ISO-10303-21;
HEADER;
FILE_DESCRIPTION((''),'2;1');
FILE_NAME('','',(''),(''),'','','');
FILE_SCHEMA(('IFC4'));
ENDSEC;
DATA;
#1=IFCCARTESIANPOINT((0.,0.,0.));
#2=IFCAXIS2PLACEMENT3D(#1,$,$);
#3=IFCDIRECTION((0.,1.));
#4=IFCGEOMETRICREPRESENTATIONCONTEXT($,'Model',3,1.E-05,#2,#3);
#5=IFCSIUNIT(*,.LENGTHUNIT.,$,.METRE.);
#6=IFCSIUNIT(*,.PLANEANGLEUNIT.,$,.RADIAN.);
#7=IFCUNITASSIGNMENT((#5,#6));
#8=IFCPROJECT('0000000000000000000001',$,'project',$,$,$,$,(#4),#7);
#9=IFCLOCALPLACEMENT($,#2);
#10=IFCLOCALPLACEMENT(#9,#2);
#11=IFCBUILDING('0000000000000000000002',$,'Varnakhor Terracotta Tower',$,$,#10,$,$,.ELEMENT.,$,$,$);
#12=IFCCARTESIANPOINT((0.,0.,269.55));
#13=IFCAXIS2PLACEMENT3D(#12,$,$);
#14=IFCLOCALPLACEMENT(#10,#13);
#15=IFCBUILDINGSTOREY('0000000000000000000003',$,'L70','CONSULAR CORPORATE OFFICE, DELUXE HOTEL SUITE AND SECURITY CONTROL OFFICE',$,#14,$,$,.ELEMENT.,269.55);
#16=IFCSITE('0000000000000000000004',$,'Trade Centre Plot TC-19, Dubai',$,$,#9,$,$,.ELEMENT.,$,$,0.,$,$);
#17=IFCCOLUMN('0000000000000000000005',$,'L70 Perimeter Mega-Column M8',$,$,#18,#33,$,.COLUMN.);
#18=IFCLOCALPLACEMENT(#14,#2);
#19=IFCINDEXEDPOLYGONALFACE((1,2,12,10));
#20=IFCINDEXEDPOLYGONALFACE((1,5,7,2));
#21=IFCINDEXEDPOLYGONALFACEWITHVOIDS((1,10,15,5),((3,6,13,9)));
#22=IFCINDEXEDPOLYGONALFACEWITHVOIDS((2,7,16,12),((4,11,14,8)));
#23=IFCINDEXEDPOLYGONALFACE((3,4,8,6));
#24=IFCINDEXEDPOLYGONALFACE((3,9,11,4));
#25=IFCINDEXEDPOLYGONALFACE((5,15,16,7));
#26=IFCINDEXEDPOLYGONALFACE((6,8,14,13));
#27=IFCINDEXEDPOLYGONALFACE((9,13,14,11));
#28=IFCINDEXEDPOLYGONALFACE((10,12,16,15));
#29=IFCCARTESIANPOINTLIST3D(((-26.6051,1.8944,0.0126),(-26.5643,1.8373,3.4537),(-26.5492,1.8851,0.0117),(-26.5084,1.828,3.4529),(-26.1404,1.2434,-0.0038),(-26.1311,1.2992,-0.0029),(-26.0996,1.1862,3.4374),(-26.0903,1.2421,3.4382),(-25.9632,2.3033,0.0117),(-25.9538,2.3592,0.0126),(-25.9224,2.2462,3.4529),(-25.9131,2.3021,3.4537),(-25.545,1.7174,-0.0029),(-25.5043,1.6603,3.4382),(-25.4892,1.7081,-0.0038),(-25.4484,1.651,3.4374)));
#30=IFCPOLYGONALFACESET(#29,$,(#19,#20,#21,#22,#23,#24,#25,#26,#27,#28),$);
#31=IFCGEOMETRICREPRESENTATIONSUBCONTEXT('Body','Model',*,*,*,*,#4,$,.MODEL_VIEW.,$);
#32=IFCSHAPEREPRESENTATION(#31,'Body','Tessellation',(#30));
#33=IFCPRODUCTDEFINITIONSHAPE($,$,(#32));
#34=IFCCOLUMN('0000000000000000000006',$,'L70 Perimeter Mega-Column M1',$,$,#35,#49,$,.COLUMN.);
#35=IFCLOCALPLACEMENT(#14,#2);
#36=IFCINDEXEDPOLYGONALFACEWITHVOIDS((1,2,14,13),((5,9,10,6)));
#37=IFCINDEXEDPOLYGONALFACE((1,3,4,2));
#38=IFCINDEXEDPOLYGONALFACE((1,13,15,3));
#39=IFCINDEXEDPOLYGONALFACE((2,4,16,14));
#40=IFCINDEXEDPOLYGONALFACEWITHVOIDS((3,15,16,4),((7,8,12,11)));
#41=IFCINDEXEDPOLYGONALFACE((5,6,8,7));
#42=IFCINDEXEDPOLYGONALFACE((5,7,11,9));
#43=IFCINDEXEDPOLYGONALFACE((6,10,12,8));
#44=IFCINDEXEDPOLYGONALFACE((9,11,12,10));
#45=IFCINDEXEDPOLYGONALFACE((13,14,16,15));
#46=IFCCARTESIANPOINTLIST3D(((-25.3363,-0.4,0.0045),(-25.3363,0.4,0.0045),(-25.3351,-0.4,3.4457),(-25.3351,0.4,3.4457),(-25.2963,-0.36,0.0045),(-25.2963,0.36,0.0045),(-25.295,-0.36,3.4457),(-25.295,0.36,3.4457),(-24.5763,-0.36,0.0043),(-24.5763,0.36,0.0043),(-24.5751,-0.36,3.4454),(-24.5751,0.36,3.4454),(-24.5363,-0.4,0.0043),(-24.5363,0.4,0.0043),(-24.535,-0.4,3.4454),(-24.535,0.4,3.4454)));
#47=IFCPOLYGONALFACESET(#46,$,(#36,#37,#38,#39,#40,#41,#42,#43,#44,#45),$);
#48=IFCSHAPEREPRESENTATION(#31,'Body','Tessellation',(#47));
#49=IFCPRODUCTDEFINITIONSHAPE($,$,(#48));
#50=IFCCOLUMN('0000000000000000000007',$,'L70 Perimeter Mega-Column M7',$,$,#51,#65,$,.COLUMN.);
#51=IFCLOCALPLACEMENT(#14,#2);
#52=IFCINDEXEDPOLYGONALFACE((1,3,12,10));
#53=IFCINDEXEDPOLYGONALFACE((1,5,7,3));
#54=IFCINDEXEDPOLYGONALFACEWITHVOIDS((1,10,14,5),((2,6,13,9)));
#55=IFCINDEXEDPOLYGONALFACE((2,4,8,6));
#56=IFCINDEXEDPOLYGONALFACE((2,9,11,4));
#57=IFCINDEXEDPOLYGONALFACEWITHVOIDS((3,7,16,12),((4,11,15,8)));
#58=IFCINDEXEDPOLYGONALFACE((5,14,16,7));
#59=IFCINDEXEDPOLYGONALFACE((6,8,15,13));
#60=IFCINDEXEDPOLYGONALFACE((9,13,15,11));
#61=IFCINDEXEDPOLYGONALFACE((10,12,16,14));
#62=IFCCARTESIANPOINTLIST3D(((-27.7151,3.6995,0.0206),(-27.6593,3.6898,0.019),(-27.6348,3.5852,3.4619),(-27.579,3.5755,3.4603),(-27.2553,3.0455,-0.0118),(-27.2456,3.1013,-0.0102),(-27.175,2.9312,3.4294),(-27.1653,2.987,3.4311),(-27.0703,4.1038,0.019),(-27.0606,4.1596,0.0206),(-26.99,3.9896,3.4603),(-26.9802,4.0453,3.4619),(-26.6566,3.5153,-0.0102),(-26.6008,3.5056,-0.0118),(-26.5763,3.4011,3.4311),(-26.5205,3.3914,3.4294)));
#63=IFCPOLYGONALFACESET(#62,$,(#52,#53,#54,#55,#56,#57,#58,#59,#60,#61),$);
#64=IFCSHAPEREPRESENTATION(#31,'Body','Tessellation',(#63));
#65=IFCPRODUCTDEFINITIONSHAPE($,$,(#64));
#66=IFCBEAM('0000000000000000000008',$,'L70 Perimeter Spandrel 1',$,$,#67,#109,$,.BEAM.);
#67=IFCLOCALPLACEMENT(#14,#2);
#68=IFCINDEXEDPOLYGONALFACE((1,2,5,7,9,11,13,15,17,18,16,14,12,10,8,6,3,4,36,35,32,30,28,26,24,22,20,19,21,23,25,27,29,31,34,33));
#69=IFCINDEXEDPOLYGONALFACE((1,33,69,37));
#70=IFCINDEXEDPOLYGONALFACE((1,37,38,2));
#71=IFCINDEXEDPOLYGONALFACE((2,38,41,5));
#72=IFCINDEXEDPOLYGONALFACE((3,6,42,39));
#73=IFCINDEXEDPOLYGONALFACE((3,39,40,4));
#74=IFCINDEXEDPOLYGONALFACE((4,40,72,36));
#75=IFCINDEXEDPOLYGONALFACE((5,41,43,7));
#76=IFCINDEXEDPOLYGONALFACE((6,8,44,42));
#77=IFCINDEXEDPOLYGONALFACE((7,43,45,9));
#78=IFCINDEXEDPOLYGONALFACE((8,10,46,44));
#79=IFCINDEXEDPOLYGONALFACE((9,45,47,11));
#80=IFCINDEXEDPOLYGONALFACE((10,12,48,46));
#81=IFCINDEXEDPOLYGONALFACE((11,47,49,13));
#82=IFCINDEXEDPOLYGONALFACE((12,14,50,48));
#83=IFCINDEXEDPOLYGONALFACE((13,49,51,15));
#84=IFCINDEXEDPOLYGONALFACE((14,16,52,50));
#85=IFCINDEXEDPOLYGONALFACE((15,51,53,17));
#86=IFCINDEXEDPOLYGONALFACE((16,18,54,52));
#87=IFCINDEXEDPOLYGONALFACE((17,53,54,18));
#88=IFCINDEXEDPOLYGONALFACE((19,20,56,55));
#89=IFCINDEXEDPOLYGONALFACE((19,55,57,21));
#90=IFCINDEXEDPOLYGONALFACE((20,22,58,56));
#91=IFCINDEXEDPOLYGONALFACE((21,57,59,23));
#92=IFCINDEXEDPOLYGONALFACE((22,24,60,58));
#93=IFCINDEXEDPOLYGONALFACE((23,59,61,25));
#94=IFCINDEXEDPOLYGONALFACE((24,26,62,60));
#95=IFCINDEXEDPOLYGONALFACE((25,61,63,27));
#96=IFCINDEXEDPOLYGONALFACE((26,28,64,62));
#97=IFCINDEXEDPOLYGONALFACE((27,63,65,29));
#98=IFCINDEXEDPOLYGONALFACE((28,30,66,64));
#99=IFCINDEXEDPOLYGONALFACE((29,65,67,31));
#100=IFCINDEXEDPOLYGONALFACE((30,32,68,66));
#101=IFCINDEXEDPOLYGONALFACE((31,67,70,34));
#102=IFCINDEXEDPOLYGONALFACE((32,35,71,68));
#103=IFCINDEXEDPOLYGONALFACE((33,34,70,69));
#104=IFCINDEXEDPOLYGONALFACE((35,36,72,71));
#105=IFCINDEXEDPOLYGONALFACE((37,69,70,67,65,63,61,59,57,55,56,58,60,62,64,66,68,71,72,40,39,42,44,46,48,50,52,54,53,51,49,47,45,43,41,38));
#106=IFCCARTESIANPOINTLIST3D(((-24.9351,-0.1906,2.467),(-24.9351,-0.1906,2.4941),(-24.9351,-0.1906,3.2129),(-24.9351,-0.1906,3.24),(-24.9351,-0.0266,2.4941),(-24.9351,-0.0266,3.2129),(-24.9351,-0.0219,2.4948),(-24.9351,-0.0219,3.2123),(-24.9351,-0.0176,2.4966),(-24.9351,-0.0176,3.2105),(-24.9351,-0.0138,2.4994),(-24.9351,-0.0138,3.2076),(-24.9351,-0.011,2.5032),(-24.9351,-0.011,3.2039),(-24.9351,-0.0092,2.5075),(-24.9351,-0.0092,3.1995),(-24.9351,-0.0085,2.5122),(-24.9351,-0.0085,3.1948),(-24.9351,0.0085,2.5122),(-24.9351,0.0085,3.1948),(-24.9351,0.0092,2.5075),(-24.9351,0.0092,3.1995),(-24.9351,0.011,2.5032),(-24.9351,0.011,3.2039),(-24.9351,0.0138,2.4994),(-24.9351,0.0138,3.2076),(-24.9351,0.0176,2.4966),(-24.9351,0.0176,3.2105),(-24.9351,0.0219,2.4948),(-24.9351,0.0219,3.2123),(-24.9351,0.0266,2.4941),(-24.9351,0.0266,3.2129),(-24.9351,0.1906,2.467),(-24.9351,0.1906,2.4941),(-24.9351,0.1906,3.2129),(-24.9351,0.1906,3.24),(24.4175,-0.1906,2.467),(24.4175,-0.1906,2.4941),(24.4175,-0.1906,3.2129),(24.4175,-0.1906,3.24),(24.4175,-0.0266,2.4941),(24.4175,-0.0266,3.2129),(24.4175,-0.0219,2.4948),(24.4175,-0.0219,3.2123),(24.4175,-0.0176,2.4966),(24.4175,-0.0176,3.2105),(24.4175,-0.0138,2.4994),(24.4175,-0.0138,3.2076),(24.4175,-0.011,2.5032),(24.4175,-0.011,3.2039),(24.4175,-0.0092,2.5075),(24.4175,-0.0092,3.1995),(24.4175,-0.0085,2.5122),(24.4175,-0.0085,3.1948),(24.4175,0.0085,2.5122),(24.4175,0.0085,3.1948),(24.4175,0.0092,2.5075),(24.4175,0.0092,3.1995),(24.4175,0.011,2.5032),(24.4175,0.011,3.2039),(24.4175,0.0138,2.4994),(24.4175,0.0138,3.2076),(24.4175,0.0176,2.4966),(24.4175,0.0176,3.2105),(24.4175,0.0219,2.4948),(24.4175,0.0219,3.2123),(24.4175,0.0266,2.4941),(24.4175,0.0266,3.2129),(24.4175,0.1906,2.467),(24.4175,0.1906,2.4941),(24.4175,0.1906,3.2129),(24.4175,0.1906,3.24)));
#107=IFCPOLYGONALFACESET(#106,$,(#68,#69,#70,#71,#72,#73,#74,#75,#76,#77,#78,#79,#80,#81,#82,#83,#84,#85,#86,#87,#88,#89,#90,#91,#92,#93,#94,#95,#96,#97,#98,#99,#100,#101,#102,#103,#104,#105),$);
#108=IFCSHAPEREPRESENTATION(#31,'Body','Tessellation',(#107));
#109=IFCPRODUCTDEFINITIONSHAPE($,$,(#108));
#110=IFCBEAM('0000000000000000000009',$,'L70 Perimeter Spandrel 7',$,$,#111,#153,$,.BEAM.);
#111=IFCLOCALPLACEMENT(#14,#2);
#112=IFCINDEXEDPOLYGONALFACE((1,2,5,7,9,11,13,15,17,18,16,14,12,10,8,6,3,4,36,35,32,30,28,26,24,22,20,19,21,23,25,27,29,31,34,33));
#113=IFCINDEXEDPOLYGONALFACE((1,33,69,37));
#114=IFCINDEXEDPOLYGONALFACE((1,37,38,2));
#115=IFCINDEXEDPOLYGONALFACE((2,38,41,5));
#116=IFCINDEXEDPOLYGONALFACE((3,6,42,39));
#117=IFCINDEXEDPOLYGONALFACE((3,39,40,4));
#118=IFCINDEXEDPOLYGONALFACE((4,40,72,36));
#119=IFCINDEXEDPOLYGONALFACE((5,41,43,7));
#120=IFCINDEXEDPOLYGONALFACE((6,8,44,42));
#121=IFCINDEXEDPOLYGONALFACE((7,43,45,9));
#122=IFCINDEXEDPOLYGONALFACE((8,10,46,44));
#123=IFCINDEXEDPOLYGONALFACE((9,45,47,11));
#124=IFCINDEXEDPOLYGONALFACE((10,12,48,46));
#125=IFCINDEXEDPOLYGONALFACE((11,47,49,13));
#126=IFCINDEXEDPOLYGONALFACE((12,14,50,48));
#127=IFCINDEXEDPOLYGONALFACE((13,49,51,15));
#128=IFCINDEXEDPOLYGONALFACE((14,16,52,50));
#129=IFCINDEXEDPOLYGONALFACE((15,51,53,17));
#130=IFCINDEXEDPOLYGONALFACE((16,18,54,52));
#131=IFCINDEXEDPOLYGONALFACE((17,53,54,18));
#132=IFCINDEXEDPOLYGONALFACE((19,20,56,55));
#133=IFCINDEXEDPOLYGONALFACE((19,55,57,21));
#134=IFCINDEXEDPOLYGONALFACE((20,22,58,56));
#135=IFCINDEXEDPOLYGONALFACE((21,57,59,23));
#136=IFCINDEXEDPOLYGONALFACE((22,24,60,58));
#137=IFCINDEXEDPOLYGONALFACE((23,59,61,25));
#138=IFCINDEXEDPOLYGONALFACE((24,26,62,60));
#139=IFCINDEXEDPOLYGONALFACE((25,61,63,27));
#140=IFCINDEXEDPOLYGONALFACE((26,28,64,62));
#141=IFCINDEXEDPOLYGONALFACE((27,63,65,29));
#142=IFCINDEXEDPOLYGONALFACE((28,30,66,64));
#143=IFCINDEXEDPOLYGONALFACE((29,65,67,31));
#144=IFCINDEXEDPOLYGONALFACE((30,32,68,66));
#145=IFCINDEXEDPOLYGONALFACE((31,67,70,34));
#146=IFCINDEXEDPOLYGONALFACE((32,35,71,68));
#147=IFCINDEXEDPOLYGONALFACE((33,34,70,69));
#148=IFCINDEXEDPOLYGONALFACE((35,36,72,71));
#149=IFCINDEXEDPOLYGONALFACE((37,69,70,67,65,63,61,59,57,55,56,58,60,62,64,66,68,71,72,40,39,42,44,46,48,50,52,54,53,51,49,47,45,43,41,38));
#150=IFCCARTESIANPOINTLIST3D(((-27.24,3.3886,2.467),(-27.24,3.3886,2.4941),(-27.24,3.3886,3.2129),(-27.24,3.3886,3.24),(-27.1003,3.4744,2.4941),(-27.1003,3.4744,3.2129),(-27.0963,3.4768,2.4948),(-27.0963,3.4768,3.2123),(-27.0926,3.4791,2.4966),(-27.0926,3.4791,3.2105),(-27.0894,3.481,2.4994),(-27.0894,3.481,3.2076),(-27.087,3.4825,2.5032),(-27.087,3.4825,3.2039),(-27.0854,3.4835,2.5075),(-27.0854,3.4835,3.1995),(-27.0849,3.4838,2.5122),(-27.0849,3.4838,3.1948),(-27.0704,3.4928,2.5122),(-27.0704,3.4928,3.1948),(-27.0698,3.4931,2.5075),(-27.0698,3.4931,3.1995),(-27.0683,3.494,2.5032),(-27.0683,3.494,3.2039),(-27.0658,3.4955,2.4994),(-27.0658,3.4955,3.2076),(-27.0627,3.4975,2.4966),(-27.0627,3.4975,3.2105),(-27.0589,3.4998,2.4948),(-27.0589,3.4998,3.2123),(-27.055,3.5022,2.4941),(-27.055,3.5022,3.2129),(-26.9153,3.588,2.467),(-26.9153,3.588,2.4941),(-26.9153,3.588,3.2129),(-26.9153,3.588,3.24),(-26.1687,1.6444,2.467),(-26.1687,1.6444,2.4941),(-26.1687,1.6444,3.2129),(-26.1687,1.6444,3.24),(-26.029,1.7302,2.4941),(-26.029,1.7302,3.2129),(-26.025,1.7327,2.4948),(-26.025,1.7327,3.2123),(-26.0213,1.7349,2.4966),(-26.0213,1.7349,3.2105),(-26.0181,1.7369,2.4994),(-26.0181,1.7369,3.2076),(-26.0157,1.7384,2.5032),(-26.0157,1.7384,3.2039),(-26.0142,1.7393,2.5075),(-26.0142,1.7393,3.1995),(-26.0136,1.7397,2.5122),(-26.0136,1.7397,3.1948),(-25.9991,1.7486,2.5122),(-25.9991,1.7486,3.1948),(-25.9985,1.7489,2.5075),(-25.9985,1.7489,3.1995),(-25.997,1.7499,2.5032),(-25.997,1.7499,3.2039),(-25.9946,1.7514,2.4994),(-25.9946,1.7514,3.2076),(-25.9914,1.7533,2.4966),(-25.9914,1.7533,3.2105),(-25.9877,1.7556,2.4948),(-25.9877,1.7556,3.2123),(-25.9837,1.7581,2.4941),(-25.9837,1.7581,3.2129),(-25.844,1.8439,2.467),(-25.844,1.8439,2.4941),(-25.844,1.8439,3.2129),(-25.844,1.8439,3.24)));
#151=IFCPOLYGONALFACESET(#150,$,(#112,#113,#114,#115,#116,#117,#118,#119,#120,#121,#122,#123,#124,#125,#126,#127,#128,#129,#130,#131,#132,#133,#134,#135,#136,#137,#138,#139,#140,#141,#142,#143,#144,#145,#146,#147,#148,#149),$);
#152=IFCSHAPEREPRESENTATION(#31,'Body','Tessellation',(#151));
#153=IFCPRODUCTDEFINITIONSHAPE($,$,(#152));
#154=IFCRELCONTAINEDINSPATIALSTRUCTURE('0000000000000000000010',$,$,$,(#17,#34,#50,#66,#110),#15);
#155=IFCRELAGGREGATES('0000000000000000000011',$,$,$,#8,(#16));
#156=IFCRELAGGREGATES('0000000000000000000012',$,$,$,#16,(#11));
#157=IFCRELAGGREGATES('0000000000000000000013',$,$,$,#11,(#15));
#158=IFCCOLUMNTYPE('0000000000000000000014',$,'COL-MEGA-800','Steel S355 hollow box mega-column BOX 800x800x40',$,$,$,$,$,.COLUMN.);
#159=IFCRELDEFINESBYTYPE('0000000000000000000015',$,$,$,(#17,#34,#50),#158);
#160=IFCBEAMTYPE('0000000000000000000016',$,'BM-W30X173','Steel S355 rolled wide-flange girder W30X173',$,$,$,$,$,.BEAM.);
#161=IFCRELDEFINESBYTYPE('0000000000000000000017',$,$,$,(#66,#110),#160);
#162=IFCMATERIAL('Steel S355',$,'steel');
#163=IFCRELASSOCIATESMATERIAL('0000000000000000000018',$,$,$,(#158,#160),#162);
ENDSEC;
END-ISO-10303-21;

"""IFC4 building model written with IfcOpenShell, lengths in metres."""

from ifc_helpers import new_model, si_unit, direction, frame, origin, origin_2d, place, context, subcontext, project, spatial, hollow_rectangle, i_section, extrude, source, transform, mapped, material, material_profile, profile_set, type_object, element, save


model = new_model("IFC4")

# Units and contexts
model_context = context("Model", 3, precision=1e-05, world=origin(), true_north=direction((0.0, 1.0)))
body_context = subcontext(model_context, "Body", "Model", "MODEL_VIEW")
ifc_project = project(units=[si_unit("LENGTHUNIT", "METRE"), si_unit("PLANEANGLEUNIT", "RADIAN")], contexts=[model_context])

# Site, building, storey
site_placement = place(None, origin())
site = spatial("IfcSite", under=ifc_project, at=site_placement, Name="Trade Centre Plot TC-19, Dubai", CompositionType="ELEMENT", RefElevation=0.0)
building_placement = place(site_placement, origin())
building = spatial("IfcBuilding", under=site, at=building_placement, Name="Varnakhor Terracotta Tower", CompositionType="ELEMENT")
storey_placement = place(building_placement, frame((0.0, 0.0, 269.55)))
storey = spatial("IfcBuildingStorey", under=building, at=storey_placement, Name="L70", Description="CONSULAR CORPORATE OFFICE, DELUXE HOTEL SUITE AND SECURITY CONTROL OFFICE", CompositionType="ELEMENT", Elevation=269.55)

# Columns
ifc_material_1 = material(Name="Steel S355", Category="steel")
ifc_material_profile_1 = material_profile(ifc_material_1, hollow_rectangle(XDim=0.8, YDim=0.8, WallThickness=0.04, at=origin_2d()), Name="BOX 800x800x40")
ifc_profile_set_1 = profile_set([ifc_material_profile_1], Name="Steel S355")
column_type = type_object("IfcColumnType", Name="COL-MEGA-800", Description="Steel S355 hollow box mega-column BOX 800x800x40", PredefinedType="COLUMN", material=ifc_profile_set_1)
shared_shape_1 = source(origin(), body_context, "Body", "SweptSolid", [
    extrude(hollow_rectangle(XDim=0.8, YDim=0.8, WallThickness=0.04, at=origin_2d()), origin(), (0.0, 0.0, 1.0), 3.4419),
])
column_1_placement = place(storey_placement, frame((-26.0471, 1.8013, 0.0044), z_axis=(0.011846, -0.016598, 0.999792), x_axis=(0.813968, 0.580909, 0.0)))
element("IfcColumn", 1, at=column_1_placement, inside=storey, type_object=column_type, Name="L70 Perimeter Mega-Column M8", PredefinedType="COLUMN", context=body_context, shape_type="MappedRepresentation", body=[
    mapped(shared_shape_1, transform((0.0, 0.0, 0.0), scale=1.0)),
])
shared_shape_2 = source(origin(), body_context, "Body", "SweptSolid", [
    extrude(hollow_rectangle(XDim=0.8, YDim=0.8, WallThickness=0.04, at=origin_2d()), origin(), (0.0, 0.0, 1.0), 3.4412),
])
column_2_placement = place(storey_placement, frame((-24.9363, 0.0, 0.0044), z_axis=(0.000355, 0.0, 1.0), x_axis=(1.0, 0.0, 0.0)))
element("IfcColumn", 2, at=column_2_placement, inside=storey, type_object=column_type, Name="L70 Perimeter Mega-Column M1", PredefinedType="COLUMN", context=body_context, shape_type="MappedRepresentation", body=[
    mapped(shared_shape_2, transform((0.0, 0.0, 0.0), scale=1.0)),
])
shared_shape_3 = source(origin(), body_context, "Body", "SweptSolid", [
    extrude(hollow_rectangle(XDim=0.8, YDim=0.8, WallThickness=0.04, at=origin_2d()), origin(), (0.0, 0.0, 1.0), 3.4441),
])
column_3_placement = place(storey_placement, frame((-27.158, 3.6025, 0.0044), z_axis=(0.023322, -0.033176, 0.999177), x_axis=(0.818081, 0.575104, 0.0)))
element("IfcColumn", 3, at=column_3_placement, inside=storey, type_object=column_type, Name="L70 Perimeter Mega-Column M7", PredefinedType="COLUMN", context=body_context, shape_type="MappedRepresentation", body=[
    mapped(shared_shape_3, transform((0.0, 0.0, 0.0), scale=1.0)),
])

# Beams
ifc_material_profile_2 = material_profile(ifc_material_1, i_section(OverallWidth=0.3811, OverallDepth=0.7729, WebThickness=0.0171, FlangeThickness=0.0271, FilletRadius=0.0181, at=origin_2d()), Name="W30X173")
ifc_profile_set_2 = profile_set([ifc_material_profile_2], Name="Steel S355")
beam_type_1 = type_object("IfcBeamType", Name="BM-W30X173", Description="Steel S355 rolled wide-flange girder W30X173", PredefinedType="BEAM", material=ifc_profile_set_2)
shared_shape_4 = source(origin(), body_context, "Body", "SweptSolid", [
    extrude(i_section(OverallWidth=0.3811, OverallDepth=0.7729, WebThickness=0.0171, FlangeThickness=0.0271, FilletRadius=0.0181, at=origin_2d()), origin(), (0.0, 0.0, 1.0), 49.3525),
])
beam_1_placement = place(storey_placement, frame((-24.9351, 0.0, 2.8535), z_axis=(1.0, 0.0, 0.0), x_axis=(0.0, 1.0, 0.0)))
element("IfcBeam", 4, at=beam_1_placement, inside=storey, type_object=beam_type_1, Name="L70 Perimeter Spandrel 1", PredefinedType="BEAM", context=body_context, shape_type="MappedRepresentation", body=[
    mapped(shared_shape_4, transform((0.0, 0.0, 0.0), scale=1.0)),
])
shared_shape_5 = source(origin(), body_context, "Body", "SweptSolid", [
    extrude(i_section(OverallWidth=0.3811, OverallDepth=0.7729, WebThickness=0.0171, FlangeThickness=0.0271, FilletRadius=0.0181, at=origin_2d()), origin(), (0.0, 0.0, 1.0), 2.0469),
])
for number, where, z_axis, x_axis, name in (
    (5, (-27.0776, 3.4883, 2.8535), (0.523379, -0.8521, 0.0), (0.8521, 0.523379, 0.0), "L70 Perimeter Spandrel 7"),
):
    element("IfcBeam", number, at=place(storey_placement, frame(where, z_axis=z_axis, x_axis=x_axis)), inside=storey, type_object=beam_type_1, Name=name, PredefinedType="BEAM", context=body_context, shape_type="MappedRepresentation", body=[
        mapped(shared_shape_5, transform((0.0, 0.0, 0.0), scale=1.0)),
    ])

save(model, "model.ifc")
